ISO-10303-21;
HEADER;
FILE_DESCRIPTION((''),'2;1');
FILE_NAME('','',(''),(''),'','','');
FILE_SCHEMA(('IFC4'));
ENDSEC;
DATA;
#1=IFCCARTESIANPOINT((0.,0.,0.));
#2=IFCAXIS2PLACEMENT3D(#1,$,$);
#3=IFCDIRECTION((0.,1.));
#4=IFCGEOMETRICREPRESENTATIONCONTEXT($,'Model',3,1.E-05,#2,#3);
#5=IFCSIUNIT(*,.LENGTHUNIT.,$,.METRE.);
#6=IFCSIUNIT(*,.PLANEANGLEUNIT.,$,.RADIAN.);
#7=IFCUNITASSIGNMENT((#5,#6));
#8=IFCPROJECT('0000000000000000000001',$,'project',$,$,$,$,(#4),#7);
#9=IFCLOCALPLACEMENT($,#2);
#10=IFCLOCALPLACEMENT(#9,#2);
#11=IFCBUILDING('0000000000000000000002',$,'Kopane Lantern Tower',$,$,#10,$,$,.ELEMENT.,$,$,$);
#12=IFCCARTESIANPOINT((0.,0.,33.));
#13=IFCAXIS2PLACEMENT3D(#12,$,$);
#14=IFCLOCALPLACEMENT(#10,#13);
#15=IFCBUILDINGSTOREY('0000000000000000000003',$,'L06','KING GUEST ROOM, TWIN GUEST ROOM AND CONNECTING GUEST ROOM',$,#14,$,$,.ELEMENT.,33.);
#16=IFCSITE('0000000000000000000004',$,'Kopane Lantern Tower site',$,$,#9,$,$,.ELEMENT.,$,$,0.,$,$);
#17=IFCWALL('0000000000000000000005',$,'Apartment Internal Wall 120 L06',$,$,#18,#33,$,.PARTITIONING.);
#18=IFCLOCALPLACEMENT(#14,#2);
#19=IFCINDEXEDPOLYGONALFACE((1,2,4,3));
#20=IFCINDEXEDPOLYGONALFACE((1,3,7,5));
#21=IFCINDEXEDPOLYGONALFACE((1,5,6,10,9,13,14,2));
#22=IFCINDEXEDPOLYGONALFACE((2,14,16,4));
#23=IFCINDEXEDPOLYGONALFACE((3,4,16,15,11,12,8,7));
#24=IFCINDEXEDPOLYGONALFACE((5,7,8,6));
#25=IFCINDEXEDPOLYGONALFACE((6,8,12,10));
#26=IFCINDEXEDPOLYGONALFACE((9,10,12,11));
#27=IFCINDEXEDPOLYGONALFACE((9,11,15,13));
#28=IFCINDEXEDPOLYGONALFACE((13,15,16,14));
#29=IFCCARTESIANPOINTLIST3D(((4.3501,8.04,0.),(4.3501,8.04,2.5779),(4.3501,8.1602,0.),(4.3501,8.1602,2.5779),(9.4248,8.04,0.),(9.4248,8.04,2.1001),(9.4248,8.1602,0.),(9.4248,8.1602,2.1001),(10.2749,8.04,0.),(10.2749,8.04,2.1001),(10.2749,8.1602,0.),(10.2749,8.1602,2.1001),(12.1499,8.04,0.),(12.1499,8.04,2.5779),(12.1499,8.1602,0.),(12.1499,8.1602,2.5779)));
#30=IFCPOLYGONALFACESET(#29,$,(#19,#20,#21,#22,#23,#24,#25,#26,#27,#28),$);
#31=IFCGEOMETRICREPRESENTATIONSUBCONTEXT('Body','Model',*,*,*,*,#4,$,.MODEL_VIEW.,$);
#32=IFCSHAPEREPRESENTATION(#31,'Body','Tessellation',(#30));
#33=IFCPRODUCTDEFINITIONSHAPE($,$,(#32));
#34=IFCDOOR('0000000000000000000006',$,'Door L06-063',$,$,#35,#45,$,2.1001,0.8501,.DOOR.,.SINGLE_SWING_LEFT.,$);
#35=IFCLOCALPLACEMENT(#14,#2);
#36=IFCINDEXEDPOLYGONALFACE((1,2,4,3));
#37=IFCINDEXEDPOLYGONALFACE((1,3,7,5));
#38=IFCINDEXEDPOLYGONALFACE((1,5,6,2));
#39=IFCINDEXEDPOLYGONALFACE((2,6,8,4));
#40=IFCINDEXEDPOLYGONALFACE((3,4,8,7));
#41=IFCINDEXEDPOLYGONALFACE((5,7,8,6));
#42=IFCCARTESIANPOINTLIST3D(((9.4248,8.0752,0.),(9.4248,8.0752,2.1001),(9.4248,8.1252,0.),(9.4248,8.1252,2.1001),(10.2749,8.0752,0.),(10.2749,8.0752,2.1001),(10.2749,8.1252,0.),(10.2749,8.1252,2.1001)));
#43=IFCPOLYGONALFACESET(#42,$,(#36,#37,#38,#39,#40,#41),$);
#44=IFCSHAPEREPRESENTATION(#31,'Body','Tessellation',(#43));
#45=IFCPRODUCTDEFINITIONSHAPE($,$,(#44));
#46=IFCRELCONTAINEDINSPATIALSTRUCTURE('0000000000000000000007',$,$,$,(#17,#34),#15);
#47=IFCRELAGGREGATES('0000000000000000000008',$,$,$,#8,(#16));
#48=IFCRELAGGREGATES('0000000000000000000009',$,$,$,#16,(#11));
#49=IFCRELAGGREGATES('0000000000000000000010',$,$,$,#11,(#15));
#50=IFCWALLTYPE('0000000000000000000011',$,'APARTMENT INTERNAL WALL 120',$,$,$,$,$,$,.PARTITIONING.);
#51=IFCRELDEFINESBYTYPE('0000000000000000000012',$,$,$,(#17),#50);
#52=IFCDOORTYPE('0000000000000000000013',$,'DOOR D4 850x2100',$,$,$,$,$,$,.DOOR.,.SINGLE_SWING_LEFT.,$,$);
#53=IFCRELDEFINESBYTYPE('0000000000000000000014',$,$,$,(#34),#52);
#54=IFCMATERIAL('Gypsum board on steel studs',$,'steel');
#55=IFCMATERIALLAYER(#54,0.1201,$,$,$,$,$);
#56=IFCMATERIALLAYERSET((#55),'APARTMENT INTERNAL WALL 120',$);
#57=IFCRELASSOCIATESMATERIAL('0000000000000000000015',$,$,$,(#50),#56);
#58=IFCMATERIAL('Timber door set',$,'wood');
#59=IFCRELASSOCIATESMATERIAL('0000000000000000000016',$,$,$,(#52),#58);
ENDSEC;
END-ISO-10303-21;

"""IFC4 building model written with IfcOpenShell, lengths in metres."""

from ifc_helpers import new_model, si_unit, direction, frame, frame_2d, origin, place, context, subcontext, project, spatial, rectangle, extrude, material, layer, layer_set, type_object, element, fill, save


model = new_model("IFC4")

# Units and contexts
model_context = context("Model", 3, precision=1e-05, world=origin(), true_north=direction((0.0, 1.0)))
body_context = subcontext(model_context, "Body", "Model", "MODEL_VIEW")
ifc_project = project(units=[si_unit("LENGTHUNIT", "METRE"), si_unit("PLANEANGLEUNIT", "RADIAN")], contexts=[model_context])

# Site, building, storey
site_placement = place(None, origin())
site = spatial("IfcSite", under=ifc_project, at=site_placement, Name="Kopane Lantern Tower site", CompositionType="ELEMENT", RefElevation=0.0)
building_placement = place(site_placement, origin())
building = spatial("IfcBuilding", under=site, at=building_placement, Name="Kopane Lantern Tower", CompositionType="ELEMENT")
storey_placement = place(building_placement, frame((0.0, 0.0, 33.0)))
storey = spatial("IfcBuildingStorey", under=building, at=storey_placement, Name="L06", Description="KING GUEST ROOM, TWIN GUEST ROOM AND CONNECTING GUEST ROOM", CompositionType="ELEMENT", Elevation=33.0)

# Wall, opening, door
ifc_material_1 = material(Name="Gypsum board on steel studs", Category="steel")
ifc_layer = layer(ifc_material_1, 0.1201)
ifc_layer_set = layer_set([ifc_layer], Name="APARTMENT INTERNAL WALL 120")
wall_type = type_object("IfcWallType", Name="APARTMENT INTERNAL WALL 120", PredefinedType="PARTITIONING", material=ifc_layer_set)
wall_placement = place(storey_placement, frame((12.1499, 8.1001, 0.0), z_axis=(0.0, 0.0, 1.0), x_axis=(-1.0, 0.0, 0.0)))
wall = element("IfcWall", 1, at=wall_placement, inside=storey, type_object=wall_type, Name="Apartment Internal Wall 120 L06", PredefinedType="PARTITIONING", context=body_context, shape_type="SweptSolid", body=[
    extrude(rectangle(XDim=7.7998, YDim=0.1201, at=frame_2d((3.8999, 0.0))), origin(), (0.0, 0.0, 1.0), 2.5779),
])
opening_placement = place(wall_placement, frame((1.875, 0.0, 0.0)))
opening = element("IfcOpeningElement", 2, at=opening_placement, cuts=wall, PredefinedType="OPENING", context=body_context, shape_type="SweptSolid", body=[
    extrude(rectangle(XDim=0.8501, YDim=2.1001, at=frame_2d((0.425, 1.05))), frame((0.0, 0.0701, 0.0), z_axis=(0.0, -1.0, 0.0), x_axis=(1.0, 0.0, 0.0)), (0.0, 0.0, 1.0), 0.1401),
])
ifc_material_2 = material(Name="Timber door set", Category="wood")
door_type = type_object("IfcDoorType", Name="DOOR D4 850x2100", OperationType="SINGLE_SWING_LEFT", PredefinedType="DOOR", material=ifc_material_2)
door_placement = place(opening_placement, origin())
door = element("IfcDoor", 3, at=door_placement, inside=storey, type_object=door_type, Name="Door L06-063", OperationType="SINGLE_SWING_LEFT", OverallHeight=2.1001, OverallWidth=0.8501, PredefinedType="DOOR", context=body_context, shape_type="SweptSolid", body=[
    extrude(rectangle(XDim=0.8501, YDim=2.1001, at=frame_2d((0.425, 1.05))), frame((0.0, 0.0249, 0.0), z_axis=(0.0, -1.0, 0.0), x_axis=(1.0, 0.0, 0.0)), (0.0, 0.0, 1.0), 0.05),
])
fill(opening, door)

save(model, "model.ifc")
